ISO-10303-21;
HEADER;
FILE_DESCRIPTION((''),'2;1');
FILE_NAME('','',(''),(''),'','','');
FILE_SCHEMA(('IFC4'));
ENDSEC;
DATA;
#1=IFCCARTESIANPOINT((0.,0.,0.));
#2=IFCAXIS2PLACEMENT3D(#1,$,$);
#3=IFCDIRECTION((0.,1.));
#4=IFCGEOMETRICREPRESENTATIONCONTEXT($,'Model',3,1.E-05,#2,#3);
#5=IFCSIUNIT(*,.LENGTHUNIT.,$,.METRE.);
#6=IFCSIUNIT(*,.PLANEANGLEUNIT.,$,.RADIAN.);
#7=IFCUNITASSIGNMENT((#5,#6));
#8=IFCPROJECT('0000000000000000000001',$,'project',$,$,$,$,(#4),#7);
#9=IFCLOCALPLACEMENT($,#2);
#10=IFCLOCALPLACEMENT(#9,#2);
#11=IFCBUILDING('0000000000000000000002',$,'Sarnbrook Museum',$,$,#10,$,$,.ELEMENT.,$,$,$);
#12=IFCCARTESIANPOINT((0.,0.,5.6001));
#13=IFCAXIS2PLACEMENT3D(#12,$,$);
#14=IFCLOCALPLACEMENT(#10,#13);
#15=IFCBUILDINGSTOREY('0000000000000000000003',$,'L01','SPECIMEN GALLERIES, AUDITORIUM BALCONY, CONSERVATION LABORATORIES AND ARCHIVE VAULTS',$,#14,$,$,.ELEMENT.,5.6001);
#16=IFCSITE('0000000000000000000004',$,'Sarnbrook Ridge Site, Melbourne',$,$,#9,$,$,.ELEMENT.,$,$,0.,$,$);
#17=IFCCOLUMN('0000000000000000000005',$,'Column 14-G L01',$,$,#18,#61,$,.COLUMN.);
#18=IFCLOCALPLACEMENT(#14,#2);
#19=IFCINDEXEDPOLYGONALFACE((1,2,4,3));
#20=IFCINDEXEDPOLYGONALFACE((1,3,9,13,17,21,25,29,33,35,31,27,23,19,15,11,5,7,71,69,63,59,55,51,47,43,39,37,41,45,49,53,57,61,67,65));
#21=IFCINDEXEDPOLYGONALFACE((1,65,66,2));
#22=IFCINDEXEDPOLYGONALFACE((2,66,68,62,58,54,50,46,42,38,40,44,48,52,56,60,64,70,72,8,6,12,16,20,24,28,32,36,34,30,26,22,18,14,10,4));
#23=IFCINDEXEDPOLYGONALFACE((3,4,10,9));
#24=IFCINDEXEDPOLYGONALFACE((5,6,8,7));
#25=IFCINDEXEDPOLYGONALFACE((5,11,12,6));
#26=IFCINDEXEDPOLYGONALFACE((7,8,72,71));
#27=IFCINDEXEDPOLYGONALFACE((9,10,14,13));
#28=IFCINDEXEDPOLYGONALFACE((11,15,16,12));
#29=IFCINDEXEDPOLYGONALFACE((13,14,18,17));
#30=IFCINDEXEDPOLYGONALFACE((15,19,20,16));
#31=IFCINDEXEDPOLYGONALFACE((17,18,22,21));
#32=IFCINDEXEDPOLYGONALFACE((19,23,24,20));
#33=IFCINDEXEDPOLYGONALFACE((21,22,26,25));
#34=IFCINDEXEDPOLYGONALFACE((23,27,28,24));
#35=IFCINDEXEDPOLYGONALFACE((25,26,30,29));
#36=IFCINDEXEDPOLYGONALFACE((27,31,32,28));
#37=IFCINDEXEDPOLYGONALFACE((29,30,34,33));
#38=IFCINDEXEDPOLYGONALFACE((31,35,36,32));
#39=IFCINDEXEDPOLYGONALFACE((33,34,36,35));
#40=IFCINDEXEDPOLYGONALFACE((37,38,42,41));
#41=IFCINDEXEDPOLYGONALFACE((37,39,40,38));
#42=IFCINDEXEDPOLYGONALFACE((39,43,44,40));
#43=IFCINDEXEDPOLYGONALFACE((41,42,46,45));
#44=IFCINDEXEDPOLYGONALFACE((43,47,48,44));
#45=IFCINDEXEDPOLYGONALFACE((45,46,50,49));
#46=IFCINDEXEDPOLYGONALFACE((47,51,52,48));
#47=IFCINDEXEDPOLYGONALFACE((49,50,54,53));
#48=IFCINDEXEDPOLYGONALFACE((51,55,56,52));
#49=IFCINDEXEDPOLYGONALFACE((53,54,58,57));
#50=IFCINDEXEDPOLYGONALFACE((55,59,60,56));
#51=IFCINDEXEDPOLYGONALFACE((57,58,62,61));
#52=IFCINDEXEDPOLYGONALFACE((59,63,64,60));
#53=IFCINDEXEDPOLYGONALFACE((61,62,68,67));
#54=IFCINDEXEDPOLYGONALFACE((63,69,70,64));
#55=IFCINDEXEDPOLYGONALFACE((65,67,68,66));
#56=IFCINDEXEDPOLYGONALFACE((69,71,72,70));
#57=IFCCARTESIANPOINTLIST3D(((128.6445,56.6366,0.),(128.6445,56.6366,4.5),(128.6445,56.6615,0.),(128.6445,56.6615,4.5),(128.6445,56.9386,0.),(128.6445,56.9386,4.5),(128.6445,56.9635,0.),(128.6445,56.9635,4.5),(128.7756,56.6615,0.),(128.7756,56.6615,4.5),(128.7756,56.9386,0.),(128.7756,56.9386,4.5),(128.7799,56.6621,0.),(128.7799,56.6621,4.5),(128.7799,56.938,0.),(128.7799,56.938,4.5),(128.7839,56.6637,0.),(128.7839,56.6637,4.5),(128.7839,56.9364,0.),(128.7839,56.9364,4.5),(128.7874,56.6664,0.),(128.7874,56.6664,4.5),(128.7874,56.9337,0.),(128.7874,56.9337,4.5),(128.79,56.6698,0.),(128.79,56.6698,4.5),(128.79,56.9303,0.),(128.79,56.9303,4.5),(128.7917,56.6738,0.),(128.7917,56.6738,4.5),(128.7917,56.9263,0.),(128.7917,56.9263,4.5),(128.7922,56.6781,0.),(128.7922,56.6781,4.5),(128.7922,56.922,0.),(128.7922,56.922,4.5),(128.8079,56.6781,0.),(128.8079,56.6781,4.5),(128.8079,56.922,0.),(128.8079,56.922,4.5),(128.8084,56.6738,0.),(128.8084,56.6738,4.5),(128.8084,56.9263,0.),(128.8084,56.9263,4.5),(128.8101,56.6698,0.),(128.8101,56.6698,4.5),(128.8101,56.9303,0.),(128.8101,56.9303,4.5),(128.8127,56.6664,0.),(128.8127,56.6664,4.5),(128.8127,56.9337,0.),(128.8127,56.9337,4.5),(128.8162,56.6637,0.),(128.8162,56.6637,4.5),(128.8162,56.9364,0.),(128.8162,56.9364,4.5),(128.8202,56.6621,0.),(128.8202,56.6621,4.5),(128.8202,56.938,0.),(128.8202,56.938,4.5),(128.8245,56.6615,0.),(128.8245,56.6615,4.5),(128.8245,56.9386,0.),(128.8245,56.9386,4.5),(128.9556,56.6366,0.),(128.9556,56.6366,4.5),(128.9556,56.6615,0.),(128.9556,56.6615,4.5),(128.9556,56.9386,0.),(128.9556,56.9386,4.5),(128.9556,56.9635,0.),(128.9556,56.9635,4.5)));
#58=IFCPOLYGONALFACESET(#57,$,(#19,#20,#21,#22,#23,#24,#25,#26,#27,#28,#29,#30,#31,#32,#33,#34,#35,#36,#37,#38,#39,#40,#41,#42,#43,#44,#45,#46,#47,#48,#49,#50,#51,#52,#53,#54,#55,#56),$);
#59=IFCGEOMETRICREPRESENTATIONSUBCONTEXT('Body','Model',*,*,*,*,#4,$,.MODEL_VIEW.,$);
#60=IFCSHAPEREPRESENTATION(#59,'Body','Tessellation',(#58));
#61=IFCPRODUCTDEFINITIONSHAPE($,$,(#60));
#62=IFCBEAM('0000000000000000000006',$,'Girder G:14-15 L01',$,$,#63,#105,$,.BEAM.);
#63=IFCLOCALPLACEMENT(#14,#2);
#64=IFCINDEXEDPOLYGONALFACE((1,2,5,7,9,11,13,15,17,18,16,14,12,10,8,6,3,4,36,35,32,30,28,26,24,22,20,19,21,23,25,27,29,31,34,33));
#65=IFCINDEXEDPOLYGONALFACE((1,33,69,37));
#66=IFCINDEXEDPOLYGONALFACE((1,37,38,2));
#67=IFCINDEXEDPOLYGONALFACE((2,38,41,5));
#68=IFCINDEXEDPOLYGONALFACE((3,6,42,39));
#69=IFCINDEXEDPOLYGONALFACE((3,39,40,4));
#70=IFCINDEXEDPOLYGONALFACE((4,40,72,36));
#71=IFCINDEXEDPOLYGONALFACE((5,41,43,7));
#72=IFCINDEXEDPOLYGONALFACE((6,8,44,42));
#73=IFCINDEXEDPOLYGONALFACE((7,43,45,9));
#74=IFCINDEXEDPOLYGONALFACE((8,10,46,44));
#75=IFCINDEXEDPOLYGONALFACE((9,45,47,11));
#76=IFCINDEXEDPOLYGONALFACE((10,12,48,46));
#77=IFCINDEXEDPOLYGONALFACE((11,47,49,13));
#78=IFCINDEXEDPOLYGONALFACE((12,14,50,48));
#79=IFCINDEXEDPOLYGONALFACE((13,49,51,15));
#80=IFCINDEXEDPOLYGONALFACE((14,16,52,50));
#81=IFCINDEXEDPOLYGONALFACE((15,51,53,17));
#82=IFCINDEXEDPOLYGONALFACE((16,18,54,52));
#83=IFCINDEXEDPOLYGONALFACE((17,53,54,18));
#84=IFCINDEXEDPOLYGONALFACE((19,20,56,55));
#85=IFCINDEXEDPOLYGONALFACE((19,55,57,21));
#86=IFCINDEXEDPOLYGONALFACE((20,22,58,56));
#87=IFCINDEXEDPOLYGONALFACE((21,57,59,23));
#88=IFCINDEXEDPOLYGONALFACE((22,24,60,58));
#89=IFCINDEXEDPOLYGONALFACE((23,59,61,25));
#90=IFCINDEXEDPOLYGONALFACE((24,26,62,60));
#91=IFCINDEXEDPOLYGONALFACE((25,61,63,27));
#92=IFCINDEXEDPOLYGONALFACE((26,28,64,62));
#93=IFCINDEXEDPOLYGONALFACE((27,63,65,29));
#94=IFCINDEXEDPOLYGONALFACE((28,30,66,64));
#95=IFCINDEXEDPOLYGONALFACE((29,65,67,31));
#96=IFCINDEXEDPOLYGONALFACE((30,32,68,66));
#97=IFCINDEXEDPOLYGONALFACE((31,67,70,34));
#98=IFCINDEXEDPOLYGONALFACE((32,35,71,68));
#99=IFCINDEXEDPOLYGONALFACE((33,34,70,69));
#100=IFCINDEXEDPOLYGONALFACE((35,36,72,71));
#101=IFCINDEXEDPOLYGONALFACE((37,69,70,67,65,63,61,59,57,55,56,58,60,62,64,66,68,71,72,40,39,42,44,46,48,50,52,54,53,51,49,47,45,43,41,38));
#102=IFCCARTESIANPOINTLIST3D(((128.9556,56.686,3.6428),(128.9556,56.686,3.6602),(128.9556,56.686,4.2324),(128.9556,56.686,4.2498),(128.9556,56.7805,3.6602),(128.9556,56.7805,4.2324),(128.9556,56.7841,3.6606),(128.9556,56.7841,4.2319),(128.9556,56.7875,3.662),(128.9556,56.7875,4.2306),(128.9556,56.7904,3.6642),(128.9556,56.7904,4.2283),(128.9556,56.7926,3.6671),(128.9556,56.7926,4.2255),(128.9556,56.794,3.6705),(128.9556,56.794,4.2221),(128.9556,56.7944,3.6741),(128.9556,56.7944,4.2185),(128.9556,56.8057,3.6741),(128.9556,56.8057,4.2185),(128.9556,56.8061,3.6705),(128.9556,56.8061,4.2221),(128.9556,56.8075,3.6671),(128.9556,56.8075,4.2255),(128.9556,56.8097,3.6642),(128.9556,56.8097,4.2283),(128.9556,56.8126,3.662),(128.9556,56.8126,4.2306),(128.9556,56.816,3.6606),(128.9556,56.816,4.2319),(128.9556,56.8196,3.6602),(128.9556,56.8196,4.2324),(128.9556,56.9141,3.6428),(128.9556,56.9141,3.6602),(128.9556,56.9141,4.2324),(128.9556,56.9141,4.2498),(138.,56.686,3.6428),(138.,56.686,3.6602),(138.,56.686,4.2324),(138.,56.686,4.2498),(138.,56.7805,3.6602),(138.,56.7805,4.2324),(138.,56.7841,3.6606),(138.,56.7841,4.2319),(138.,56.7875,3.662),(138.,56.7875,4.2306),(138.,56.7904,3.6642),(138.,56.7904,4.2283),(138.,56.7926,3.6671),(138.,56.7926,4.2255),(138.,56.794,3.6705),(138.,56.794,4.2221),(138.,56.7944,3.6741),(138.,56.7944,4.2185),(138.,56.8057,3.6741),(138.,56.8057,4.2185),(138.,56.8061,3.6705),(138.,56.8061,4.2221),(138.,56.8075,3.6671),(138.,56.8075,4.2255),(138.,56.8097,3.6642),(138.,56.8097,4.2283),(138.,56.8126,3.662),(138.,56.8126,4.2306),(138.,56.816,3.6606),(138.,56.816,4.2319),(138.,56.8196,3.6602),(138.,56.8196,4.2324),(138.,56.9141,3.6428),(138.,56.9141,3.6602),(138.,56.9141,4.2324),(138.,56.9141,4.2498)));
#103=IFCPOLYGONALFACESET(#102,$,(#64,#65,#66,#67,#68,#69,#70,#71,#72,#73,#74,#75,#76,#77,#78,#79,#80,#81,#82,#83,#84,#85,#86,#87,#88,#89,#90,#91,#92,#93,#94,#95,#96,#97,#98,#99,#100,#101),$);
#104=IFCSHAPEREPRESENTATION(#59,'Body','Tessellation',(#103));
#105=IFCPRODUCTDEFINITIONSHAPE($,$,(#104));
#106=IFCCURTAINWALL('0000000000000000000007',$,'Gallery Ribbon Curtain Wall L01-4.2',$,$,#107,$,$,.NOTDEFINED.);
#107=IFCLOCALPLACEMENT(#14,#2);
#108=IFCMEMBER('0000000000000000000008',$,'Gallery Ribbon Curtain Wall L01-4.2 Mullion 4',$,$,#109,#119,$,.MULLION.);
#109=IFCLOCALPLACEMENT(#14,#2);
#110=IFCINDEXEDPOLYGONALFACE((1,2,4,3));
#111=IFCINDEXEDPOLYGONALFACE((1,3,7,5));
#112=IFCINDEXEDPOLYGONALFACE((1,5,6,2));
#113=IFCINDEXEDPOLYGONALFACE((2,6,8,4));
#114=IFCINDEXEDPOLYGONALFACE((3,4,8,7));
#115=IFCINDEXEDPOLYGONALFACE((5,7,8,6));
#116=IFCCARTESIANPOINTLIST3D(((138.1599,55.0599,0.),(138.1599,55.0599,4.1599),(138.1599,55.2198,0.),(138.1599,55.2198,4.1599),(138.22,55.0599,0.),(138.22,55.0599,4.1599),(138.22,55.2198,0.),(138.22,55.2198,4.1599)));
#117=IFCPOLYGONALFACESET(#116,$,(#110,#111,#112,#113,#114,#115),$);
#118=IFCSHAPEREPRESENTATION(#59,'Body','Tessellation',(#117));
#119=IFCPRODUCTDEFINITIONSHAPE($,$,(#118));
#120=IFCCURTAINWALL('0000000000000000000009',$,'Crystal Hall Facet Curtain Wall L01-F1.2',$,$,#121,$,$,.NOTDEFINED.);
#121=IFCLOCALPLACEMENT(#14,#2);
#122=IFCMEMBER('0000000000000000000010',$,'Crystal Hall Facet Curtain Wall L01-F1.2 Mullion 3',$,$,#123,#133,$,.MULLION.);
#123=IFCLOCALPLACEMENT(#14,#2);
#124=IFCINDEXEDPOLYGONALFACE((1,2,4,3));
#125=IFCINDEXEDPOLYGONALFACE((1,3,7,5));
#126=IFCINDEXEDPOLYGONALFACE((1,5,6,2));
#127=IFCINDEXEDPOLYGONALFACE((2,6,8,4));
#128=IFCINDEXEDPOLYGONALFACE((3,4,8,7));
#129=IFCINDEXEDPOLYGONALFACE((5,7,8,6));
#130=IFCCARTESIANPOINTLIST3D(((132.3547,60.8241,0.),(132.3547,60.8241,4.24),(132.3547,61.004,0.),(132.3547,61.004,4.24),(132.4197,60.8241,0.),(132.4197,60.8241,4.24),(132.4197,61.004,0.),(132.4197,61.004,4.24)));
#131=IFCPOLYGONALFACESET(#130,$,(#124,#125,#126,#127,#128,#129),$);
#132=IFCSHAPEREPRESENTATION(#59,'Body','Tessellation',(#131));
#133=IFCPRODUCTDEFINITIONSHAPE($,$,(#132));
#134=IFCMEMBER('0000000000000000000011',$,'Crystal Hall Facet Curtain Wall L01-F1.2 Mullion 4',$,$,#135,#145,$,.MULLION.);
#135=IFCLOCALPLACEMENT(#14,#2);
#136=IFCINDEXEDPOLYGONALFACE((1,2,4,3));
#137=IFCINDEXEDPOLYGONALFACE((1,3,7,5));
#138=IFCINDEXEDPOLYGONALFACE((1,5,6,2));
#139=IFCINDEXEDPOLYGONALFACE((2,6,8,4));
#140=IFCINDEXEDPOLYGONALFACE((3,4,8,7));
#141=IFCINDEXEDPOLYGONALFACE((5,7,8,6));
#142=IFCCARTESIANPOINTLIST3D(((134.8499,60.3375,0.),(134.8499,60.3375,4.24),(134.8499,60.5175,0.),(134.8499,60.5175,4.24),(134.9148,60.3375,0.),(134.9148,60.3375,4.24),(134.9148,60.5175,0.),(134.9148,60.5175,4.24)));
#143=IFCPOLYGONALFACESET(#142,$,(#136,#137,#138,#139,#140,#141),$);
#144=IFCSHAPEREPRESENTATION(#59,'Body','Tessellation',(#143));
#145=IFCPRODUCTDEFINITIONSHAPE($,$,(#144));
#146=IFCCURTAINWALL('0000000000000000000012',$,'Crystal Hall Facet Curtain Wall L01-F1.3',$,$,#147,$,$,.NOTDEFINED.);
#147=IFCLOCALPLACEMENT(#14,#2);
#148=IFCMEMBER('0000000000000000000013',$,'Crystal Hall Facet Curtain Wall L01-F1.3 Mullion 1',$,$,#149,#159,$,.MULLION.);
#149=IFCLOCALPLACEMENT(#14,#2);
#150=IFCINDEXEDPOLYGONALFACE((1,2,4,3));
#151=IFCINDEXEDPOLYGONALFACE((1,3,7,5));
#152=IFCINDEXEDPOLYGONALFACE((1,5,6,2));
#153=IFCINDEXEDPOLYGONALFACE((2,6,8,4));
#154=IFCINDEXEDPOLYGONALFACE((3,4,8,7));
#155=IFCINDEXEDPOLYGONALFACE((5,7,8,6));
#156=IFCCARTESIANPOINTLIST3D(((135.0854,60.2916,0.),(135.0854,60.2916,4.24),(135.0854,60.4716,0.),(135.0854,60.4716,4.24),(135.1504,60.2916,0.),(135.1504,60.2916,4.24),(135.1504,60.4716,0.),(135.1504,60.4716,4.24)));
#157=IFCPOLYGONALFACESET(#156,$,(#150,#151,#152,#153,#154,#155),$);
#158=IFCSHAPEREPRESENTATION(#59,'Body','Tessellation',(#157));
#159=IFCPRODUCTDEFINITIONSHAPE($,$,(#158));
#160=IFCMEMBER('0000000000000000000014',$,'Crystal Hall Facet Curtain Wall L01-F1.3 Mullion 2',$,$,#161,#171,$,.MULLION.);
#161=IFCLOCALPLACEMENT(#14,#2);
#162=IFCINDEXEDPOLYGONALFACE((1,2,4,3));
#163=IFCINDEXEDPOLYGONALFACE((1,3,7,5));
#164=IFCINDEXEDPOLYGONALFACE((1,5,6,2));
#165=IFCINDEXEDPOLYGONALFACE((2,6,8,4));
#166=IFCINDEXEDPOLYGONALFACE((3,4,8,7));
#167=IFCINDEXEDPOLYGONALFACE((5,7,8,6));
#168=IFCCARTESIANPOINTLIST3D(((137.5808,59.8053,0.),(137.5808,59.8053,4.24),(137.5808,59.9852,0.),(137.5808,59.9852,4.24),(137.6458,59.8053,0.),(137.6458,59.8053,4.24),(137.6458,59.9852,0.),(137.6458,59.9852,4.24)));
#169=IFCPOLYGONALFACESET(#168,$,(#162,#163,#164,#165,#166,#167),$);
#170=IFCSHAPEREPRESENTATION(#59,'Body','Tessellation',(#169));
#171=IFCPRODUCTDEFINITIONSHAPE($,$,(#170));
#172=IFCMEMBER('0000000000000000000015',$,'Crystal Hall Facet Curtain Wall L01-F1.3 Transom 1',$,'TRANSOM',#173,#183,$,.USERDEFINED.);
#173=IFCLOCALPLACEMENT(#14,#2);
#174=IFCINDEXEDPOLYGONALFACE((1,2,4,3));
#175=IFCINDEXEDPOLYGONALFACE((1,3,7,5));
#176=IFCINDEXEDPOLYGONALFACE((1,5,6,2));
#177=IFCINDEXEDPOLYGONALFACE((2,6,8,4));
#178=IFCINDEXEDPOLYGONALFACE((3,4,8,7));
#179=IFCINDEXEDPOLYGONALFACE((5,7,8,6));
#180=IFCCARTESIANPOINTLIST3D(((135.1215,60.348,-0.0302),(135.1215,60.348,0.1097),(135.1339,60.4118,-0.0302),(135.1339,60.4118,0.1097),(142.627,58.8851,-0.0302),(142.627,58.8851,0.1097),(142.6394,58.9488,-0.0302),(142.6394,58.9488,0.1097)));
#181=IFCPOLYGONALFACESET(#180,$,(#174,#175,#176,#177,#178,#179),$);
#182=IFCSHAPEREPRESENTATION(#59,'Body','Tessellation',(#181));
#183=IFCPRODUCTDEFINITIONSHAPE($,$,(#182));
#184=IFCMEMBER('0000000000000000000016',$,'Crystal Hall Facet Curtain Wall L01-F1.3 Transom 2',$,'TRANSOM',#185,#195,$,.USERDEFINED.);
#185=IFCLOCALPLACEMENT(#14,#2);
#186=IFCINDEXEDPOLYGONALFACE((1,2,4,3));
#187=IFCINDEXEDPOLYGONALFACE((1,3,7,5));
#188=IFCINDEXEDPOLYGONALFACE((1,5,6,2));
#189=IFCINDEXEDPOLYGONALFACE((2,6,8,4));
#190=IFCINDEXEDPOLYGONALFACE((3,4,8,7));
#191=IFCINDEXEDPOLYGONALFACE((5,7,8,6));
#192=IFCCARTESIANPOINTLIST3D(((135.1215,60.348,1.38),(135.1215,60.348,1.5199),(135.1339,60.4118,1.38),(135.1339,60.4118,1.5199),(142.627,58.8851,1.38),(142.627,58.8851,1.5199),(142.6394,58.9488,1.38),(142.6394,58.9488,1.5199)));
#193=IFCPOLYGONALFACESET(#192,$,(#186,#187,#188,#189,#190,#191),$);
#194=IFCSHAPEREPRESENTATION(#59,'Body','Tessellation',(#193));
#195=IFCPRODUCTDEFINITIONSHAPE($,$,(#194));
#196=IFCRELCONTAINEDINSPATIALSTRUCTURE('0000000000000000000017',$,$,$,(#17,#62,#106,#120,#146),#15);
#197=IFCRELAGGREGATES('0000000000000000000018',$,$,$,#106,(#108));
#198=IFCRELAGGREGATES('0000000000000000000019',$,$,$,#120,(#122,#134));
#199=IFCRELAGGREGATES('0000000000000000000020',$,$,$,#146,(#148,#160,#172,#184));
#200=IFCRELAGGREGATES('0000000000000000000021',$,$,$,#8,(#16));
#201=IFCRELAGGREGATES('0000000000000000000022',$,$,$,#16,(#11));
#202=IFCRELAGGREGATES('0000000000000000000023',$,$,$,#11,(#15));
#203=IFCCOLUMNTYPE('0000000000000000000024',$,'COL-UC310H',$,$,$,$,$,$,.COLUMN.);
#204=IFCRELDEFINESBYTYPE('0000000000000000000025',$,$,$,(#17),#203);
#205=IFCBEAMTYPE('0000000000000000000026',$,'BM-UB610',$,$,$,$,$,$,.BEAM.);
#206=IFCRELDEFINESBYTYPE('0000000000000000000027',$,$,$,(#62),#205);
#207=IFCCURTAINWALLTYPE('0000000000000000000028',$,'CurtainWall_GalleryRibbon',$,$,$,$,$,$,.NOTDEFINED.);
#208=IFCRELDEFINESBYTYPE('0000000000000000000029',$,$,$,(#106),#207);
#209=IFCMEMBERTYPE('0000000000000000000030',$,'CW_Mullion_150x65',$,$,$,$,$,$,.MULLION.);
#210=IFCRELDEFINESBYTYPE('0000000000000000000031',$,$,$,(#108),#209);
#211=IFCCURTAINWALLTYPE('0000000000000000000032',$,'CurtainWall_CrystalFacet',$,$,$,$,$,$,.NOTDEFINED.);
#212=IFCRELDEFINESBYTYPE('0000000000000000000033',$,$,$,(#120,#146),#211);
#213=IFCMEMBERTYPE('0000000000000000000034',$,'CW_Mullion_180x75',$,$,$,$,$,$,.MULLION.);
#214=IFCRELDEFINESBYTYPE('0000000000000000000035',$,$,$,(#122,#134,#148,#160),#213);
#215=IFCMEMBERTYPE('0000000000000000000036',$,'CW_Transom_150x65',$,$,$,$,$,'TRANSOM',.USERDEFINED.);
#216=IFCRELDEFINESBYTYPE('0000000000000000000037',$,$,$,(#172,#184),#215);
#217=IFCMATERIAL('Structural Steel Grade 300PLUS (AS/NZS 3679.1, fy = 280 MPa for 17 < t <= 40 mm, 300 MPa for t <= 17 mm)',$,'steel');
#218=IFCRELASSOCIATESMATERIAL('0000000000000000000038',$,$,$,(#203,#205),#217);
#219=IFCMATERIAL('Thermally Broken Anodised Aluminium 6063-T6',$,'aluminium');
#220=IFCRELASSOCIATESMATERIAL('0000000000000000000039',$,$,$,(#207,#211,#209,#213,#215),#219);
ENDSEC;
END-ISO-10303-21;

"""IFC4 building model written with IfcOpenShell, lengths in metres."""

from ifc_helpers import new_model, si_unit, direction, frame, origin, origin_2d, place, context, subcontext, project, spatial, rectangle, i_section, extrude, material, material_profile, profile_set, type_object, element, aggregate, save


model = new_model("IFC4")

# Units and contexts
model_context = context("Model", 3, precision=1e-05, world=origin(), true_north=direction((0.0, 1.0)))
body_context = subcontext(model_context, "Body", "Model", "MODEL_VIEW")
ifc_project = project(units=[si_unit("LENGTHUNIT", "METRE"), si_unit("PLANEANGLEUNIT", "RADIAN")], contexts=[model_context])

# Site, building, storey
site_placement = place(None, origin())
site = spatial("IfcSite", under=ifc_project, at=site_placement, Name="Sarnbrook Ridge Site, Melbourne", CompositionType="ELEMENT", RefElevation=0.0)
building_placement = place(site_placement, origin())
building = spatial("IfcBuilding", under=site, at=building_placement, Name="Sarnbrook Museum", CompositionType="ELEMENT")
storey_placement = place(building_placement, frame((0.0, 0.0, 5.6001)))
storey = spatial("IfcBuildingStorey", under=building, at=storey_placement, Name="L01", Description="SPECIMEN GALLERIES, AUDITORIUM BALCONY, CONSERVATION LABORATORIES AND ARCHIVE VAULTS", CompositionType="ELEMENT", Elevation=5.6001)

# Column
ifc_material_1 = material(Name="Structural Steel Grade 300PLUS (AS/NZS 3679.1, fy = 280 MPa for 17 < t <= 40 mm, 300 MPa for t <= 17 mm)", Category="steel")
ifc_material_profile_1 = material_profile(ifc_material_1, i_section(OverallWidth=0.311, OverallDepth=0.3269, WebThickness=0.0156, FlangeThickness=0.0249, FilletRadius=0.0166, at=origin_2d()), Name="310UC158")
ifc_profile_set_1 = profile_set([ifc_material_profile_1], Name="Structural Steel Grade 300PLUS (AS/NZS 3679.1, fy = 280 MPa for 17 < t <= 40 mm, 300 MPa for t <= 17 mm)")
column_type = type_object("IfcColumnType", Name="COL-UC310H", PredefinedType="COLUMN", material=ifc_profile_set_1)
column_placement = place(storey_placement, frame((128.8, 56.8, 0.0), z_axis=(0.0, 0.0, 1.0), x_axis=(1.0, 0.0, 0.0)))
element("IfcColumn", 1, at=column_placement, inside=storey, type_object=column_type, Name="Column 14-G L01", PredefinedType="COLUMN", context=body_context, shape_type="SweptSolid", body=[
    extrude(i_section(OverallWidth=0.311, OverallDepth=0.3269, WebThickness=0.0156, FlangeThickness=0.0249, FilletRadius=0.0166, at=origin_2d()), origin(), (0.0, 0.0, 1.0), 4.5),
])

# Beam
ifc_material_profile_2 = material_profile(ifc_material_1, i_section(OverallWidth=0.228, OverallDepth=0.6069, WebThickness=0.0112, FlangeThickness=0.0173, FilletRadius=0.0139, at=origin_2d()), Name="610UB113")
ifc_profile_set_2 = profile_set([ifc_material_profile_2], Name="Structural Steel Grade 300PLUS (AS/NZS 3679.1, fy = 280 MPa for 17 < t <= 40 mm, 300 MPa for t <= 17 mm)")
beam_type = type_object("IfcBeamType", Name="BM-UB610", PredefinedType="BEAM", material=ifc_profile_set_2)
beam_placement = place(storey_placement, frame((128.9556, 56.8, 3.9463), z_axis=(1.0, 0.0, 0.0), x_axis=(0.0, 1.0, 0.0)))
element("IfcBeam", 2, at=beam_placement, inside=storey, type_object=beam_type, Name="Girder G:14-15 L01", PredefinedType="BEAM", context=body_context, shape_type="SweptSolid", body=[
    extrude(i_section(OverallWidth=0.228, OverallDepth=0.6069, WebThickness=0.0112, FlangeThickness=0.0173, FilletRadius=0.0139, at=origin_2d()), origin(), (0.0, 0.0, 1.0), 9.0444),
])

# Curtain wall, member
ifc_material_2 = material(Name="Thermally Broken Anodised Aluminium 6063-T6", Category="aluminium")
curtain_wall_type_1 = type_object("IfcCurtainWallType", Name="CurtainWall_GalleryRibbon", PredefinedType="NOTDEFINED", material=ifc_material_2)
curtain_wall_1_placement = place(storey_placement, origin())
curtain_wall_1 = element("IfcCurtainWall", 3, at=curtain_wall_1_placement, inside=storey, type_object=curtain_wall_type_1, Name="Gallery Ribbon Curtain Wall L01-4.2", PredefinedType="NOTDEFINED")
ifc_material_profile_3 = material_profile(ifc_material_2, rectangle(XDim=0.0601, YDim=0.1599, at=origin_2d()), Name="ALU MULLION 60x160")
ifc_profile_set_3 = profile_set([ifc_material_profile_3], Name="Thermally Broken Anodised Aluminium 6063-T6")
member_type_1 = type_object("IfcMemberType", Name="CW_Mullion_150x65", PredefinedType="MULLION", material=ifc_profile_set_3)
member_1_placement = place(storey_placement, frame((138.1899, 55.1399, 0.0), z_axis=(0.0, 0.0, 1.0), x_axis=(1.0, 0.0, 0.0)))
member_1 = element("IfcMember", 4, at=member_1_placement, type_object=member_type_1, Name="Gallery Ribbon Curtain Wall L01-4.2 Mullion 4", PredefinedType="MULLION", context=body_context, shape_type="SweptSolid", body=[
    extrude(rectangle(XDim=0.0601, YDim=0.1599, at=origin_2d()), origin(), (0.0, 0.0, 1.0), 4.1599),
])

# Curtain walls, members
curtain_wall_type_2 = type_object("IfcCurtainWallType", Name="CurtainWall_CrystalFacet", PredefinedType="NOTDEFINED", material=ifc_material_2)
curtain_wall_2_placement = place(storey_placement, origin())
curtain_wall_2 = element("IfcCurtainWall", 5, at=curtain_wall_2_placement, inside=storey, type_object=curtain_wall_type_2, Name="Crystal Hall Facet Curtain Wall L01-F1.2", PredefinedType="NOTDEFINED")
ifc_material_profile_4 = material_profile(ifc_material_2, rectangle(XDim=0.0649, YDim=0.1799, at=origin_2d()), Name="ALU MULLION 65x180")
ifc_profile_set_4 = profile_set([ifc_material_profile_4], Name="Thermally Broken Anodised Aluminium 6063-T6")
member_type_2 = type_object("IfcMemberType", Name="CW_Mullion_180x75", PredefinedType="MULLION", material=ifc_profile_set_4)
member_2_placement = place(storey_placement, frame((132.3872, 60.9141, 0.0), z_axis=(0.0, 0.0, 1.0), x_axis=(1.0, 0.0, 0.0)))
member_2 = element("IfcMember", 6, at=member_2_placement, type_object=member_type_2, Name="Crystal Hall Facet Curtain Wall L01-F1.2 Mullion 3", PredefinedType="MULLION", context=body_context, shape_type="SweptSolid", body=[
    extrude(rectangle(XDim=0.0649, YDim=0.1799, at=origin_2d()), origin(), (0.0, 0.0, 1.0), 4.24),
])
member_3_placement = place(storey_placement, frame((134.8823, 60.4275, 0.0), z_axis=(0.0, 0.0, 1.0), x_axis=(1.0, 0.0, 0.0)))
member_3 = element("IfcMember", 7, at=member_3_placement, type_object=member_type_2, Name="Crystal Hall Facet Curtain Wall L01-F1.2 Mullion 4", PredefinedType="MULLION", context=body_context, shape_type="SweptSolid", body=[
    extrude(rectangle(XDim=0.0649, YDim=0.1799, at=origin_2d()), origin(), (0.0, 0.0, 1.0), 4.24),
])
curtain_wall_3_placement = place(storey_placement, origin())
curtain_wall_3 = element("IfcCurtainWall", 8, at=curtain_wall_3_placement, inside=storey, type_object=curtain_wall_type_2, Name="Crystal Hall Facet Curtain Wall L01-F1.3", PredefinedType="NOTDEFINED")
member_4_placement = place(storey_placement, frame((135.1179, 60.3816, 0.0), z_axis=(0.0, 0.0, 1.0), x_axis=(1.0, 0.0, 0.0)))
member_4 = element("IfcMember", 9, at=member_4_placement, type_object=member_type_2, Name="Crystal Hall Facet Curtain Wall L01-F1.3 Mullion 1", PredefinedType="MULLION", context=body_context, shape_type="SweptSolid", body=[
    extrude(rectangle(XDim=0.0649, YDim=0.1799, at=origin_2d()), origin(), (0.0, 0.0, 1.0), 4.24),
])
member_5_placement = place(storey_placement, frame((137.6133, 59.8953, 0.0), z_axis=(0.0, 0.0, 1.0), x_axis=(1.0, 0.0, 0.0)))
member_5 = element("IfcMember", 10, at=member_5_placement, type_object=member_type_2, Name="Crystal Hall Facet Curtain Wall L01-F1.3 Mullion 2", PredefinedType="MULLION", context=body_context, shape_type="SweptSolid", body=[
    extrude(rectangle(XDim=0.0649, YDim=0.1799, at=origin_2d()), origin(), (0.0, 0.0, 1.0), 4.24),
])
ifc_material_profile_5 = material_profile(ifc_material_2, rectangle(XDim=0.0649, YDim=0.1399, at=origin_2d()), Name="ALU TRANSOM 65x140")
ifc_profile_set_5 = profile_set([ifc_material_profile_5], Name="Thermally Broken Anodised Aluminium 6063-T6")
member_type_3 = type_object("IfcMemberType", Name="CW_Transom_150x65", ElementType="TRANSOM", PredefinedType="USERDEFINED", material=ifc_profile_set_5)
member_6_placement = place(storey_placement, frame((135.1277, 60.3799, 0.0398), z_axis=(0.981529, -0.191312, 0.0), x_axis=(0.191312, 0.981529, 0.0)))
member_6 = element("IfcMember", 11, at=member_6_placement, type_object=member_type_3, Name="Crystal Hall Facet Curtain Wall L01-F1.3 Transom 1", ObjectType="TRANSOM", PredefinedType="USERDEFINED", context=body_context, shape_type="SweptSolid", body=[
    extrude(rectangle(XDim=0.0649, YDim=0.1399, at=origin_2d()), origin(), (0.0, 0.0, 1.0), 7.6467),
])
member_7_placement = place(storey_placement, frame((135.1277, 60.3799, 1.45), z_axis=(0.981529, -0.191312, 0.0), x_axis=(0.191312, 0.981529, 0.0)))
member_7 = element("IfcMember", 12, at=member_7_placement, type_object=member_type_3, Name="Crystal Hall Facet Curtain Wall L01-F1.3 Transom 2", ObjectType="TRANSOM", PredefinedType="USERDEFINED", context=body_context, shape_type="SweptSolid", body=[
    extrude(rectangle(XDim=0.0649, YDim=0.1399, at=origin_2d()), origin(), (0.0, 0.0, 1.0), 7.6467),
])

aggregate(curtain_wall_1, [member_1])
aggregate(curtain_wall_2, [member_2, member_3])
aggregate(curtain_wall_3, [member_4, member_5, member_6, member_7])

save(model, "model.ifc")
